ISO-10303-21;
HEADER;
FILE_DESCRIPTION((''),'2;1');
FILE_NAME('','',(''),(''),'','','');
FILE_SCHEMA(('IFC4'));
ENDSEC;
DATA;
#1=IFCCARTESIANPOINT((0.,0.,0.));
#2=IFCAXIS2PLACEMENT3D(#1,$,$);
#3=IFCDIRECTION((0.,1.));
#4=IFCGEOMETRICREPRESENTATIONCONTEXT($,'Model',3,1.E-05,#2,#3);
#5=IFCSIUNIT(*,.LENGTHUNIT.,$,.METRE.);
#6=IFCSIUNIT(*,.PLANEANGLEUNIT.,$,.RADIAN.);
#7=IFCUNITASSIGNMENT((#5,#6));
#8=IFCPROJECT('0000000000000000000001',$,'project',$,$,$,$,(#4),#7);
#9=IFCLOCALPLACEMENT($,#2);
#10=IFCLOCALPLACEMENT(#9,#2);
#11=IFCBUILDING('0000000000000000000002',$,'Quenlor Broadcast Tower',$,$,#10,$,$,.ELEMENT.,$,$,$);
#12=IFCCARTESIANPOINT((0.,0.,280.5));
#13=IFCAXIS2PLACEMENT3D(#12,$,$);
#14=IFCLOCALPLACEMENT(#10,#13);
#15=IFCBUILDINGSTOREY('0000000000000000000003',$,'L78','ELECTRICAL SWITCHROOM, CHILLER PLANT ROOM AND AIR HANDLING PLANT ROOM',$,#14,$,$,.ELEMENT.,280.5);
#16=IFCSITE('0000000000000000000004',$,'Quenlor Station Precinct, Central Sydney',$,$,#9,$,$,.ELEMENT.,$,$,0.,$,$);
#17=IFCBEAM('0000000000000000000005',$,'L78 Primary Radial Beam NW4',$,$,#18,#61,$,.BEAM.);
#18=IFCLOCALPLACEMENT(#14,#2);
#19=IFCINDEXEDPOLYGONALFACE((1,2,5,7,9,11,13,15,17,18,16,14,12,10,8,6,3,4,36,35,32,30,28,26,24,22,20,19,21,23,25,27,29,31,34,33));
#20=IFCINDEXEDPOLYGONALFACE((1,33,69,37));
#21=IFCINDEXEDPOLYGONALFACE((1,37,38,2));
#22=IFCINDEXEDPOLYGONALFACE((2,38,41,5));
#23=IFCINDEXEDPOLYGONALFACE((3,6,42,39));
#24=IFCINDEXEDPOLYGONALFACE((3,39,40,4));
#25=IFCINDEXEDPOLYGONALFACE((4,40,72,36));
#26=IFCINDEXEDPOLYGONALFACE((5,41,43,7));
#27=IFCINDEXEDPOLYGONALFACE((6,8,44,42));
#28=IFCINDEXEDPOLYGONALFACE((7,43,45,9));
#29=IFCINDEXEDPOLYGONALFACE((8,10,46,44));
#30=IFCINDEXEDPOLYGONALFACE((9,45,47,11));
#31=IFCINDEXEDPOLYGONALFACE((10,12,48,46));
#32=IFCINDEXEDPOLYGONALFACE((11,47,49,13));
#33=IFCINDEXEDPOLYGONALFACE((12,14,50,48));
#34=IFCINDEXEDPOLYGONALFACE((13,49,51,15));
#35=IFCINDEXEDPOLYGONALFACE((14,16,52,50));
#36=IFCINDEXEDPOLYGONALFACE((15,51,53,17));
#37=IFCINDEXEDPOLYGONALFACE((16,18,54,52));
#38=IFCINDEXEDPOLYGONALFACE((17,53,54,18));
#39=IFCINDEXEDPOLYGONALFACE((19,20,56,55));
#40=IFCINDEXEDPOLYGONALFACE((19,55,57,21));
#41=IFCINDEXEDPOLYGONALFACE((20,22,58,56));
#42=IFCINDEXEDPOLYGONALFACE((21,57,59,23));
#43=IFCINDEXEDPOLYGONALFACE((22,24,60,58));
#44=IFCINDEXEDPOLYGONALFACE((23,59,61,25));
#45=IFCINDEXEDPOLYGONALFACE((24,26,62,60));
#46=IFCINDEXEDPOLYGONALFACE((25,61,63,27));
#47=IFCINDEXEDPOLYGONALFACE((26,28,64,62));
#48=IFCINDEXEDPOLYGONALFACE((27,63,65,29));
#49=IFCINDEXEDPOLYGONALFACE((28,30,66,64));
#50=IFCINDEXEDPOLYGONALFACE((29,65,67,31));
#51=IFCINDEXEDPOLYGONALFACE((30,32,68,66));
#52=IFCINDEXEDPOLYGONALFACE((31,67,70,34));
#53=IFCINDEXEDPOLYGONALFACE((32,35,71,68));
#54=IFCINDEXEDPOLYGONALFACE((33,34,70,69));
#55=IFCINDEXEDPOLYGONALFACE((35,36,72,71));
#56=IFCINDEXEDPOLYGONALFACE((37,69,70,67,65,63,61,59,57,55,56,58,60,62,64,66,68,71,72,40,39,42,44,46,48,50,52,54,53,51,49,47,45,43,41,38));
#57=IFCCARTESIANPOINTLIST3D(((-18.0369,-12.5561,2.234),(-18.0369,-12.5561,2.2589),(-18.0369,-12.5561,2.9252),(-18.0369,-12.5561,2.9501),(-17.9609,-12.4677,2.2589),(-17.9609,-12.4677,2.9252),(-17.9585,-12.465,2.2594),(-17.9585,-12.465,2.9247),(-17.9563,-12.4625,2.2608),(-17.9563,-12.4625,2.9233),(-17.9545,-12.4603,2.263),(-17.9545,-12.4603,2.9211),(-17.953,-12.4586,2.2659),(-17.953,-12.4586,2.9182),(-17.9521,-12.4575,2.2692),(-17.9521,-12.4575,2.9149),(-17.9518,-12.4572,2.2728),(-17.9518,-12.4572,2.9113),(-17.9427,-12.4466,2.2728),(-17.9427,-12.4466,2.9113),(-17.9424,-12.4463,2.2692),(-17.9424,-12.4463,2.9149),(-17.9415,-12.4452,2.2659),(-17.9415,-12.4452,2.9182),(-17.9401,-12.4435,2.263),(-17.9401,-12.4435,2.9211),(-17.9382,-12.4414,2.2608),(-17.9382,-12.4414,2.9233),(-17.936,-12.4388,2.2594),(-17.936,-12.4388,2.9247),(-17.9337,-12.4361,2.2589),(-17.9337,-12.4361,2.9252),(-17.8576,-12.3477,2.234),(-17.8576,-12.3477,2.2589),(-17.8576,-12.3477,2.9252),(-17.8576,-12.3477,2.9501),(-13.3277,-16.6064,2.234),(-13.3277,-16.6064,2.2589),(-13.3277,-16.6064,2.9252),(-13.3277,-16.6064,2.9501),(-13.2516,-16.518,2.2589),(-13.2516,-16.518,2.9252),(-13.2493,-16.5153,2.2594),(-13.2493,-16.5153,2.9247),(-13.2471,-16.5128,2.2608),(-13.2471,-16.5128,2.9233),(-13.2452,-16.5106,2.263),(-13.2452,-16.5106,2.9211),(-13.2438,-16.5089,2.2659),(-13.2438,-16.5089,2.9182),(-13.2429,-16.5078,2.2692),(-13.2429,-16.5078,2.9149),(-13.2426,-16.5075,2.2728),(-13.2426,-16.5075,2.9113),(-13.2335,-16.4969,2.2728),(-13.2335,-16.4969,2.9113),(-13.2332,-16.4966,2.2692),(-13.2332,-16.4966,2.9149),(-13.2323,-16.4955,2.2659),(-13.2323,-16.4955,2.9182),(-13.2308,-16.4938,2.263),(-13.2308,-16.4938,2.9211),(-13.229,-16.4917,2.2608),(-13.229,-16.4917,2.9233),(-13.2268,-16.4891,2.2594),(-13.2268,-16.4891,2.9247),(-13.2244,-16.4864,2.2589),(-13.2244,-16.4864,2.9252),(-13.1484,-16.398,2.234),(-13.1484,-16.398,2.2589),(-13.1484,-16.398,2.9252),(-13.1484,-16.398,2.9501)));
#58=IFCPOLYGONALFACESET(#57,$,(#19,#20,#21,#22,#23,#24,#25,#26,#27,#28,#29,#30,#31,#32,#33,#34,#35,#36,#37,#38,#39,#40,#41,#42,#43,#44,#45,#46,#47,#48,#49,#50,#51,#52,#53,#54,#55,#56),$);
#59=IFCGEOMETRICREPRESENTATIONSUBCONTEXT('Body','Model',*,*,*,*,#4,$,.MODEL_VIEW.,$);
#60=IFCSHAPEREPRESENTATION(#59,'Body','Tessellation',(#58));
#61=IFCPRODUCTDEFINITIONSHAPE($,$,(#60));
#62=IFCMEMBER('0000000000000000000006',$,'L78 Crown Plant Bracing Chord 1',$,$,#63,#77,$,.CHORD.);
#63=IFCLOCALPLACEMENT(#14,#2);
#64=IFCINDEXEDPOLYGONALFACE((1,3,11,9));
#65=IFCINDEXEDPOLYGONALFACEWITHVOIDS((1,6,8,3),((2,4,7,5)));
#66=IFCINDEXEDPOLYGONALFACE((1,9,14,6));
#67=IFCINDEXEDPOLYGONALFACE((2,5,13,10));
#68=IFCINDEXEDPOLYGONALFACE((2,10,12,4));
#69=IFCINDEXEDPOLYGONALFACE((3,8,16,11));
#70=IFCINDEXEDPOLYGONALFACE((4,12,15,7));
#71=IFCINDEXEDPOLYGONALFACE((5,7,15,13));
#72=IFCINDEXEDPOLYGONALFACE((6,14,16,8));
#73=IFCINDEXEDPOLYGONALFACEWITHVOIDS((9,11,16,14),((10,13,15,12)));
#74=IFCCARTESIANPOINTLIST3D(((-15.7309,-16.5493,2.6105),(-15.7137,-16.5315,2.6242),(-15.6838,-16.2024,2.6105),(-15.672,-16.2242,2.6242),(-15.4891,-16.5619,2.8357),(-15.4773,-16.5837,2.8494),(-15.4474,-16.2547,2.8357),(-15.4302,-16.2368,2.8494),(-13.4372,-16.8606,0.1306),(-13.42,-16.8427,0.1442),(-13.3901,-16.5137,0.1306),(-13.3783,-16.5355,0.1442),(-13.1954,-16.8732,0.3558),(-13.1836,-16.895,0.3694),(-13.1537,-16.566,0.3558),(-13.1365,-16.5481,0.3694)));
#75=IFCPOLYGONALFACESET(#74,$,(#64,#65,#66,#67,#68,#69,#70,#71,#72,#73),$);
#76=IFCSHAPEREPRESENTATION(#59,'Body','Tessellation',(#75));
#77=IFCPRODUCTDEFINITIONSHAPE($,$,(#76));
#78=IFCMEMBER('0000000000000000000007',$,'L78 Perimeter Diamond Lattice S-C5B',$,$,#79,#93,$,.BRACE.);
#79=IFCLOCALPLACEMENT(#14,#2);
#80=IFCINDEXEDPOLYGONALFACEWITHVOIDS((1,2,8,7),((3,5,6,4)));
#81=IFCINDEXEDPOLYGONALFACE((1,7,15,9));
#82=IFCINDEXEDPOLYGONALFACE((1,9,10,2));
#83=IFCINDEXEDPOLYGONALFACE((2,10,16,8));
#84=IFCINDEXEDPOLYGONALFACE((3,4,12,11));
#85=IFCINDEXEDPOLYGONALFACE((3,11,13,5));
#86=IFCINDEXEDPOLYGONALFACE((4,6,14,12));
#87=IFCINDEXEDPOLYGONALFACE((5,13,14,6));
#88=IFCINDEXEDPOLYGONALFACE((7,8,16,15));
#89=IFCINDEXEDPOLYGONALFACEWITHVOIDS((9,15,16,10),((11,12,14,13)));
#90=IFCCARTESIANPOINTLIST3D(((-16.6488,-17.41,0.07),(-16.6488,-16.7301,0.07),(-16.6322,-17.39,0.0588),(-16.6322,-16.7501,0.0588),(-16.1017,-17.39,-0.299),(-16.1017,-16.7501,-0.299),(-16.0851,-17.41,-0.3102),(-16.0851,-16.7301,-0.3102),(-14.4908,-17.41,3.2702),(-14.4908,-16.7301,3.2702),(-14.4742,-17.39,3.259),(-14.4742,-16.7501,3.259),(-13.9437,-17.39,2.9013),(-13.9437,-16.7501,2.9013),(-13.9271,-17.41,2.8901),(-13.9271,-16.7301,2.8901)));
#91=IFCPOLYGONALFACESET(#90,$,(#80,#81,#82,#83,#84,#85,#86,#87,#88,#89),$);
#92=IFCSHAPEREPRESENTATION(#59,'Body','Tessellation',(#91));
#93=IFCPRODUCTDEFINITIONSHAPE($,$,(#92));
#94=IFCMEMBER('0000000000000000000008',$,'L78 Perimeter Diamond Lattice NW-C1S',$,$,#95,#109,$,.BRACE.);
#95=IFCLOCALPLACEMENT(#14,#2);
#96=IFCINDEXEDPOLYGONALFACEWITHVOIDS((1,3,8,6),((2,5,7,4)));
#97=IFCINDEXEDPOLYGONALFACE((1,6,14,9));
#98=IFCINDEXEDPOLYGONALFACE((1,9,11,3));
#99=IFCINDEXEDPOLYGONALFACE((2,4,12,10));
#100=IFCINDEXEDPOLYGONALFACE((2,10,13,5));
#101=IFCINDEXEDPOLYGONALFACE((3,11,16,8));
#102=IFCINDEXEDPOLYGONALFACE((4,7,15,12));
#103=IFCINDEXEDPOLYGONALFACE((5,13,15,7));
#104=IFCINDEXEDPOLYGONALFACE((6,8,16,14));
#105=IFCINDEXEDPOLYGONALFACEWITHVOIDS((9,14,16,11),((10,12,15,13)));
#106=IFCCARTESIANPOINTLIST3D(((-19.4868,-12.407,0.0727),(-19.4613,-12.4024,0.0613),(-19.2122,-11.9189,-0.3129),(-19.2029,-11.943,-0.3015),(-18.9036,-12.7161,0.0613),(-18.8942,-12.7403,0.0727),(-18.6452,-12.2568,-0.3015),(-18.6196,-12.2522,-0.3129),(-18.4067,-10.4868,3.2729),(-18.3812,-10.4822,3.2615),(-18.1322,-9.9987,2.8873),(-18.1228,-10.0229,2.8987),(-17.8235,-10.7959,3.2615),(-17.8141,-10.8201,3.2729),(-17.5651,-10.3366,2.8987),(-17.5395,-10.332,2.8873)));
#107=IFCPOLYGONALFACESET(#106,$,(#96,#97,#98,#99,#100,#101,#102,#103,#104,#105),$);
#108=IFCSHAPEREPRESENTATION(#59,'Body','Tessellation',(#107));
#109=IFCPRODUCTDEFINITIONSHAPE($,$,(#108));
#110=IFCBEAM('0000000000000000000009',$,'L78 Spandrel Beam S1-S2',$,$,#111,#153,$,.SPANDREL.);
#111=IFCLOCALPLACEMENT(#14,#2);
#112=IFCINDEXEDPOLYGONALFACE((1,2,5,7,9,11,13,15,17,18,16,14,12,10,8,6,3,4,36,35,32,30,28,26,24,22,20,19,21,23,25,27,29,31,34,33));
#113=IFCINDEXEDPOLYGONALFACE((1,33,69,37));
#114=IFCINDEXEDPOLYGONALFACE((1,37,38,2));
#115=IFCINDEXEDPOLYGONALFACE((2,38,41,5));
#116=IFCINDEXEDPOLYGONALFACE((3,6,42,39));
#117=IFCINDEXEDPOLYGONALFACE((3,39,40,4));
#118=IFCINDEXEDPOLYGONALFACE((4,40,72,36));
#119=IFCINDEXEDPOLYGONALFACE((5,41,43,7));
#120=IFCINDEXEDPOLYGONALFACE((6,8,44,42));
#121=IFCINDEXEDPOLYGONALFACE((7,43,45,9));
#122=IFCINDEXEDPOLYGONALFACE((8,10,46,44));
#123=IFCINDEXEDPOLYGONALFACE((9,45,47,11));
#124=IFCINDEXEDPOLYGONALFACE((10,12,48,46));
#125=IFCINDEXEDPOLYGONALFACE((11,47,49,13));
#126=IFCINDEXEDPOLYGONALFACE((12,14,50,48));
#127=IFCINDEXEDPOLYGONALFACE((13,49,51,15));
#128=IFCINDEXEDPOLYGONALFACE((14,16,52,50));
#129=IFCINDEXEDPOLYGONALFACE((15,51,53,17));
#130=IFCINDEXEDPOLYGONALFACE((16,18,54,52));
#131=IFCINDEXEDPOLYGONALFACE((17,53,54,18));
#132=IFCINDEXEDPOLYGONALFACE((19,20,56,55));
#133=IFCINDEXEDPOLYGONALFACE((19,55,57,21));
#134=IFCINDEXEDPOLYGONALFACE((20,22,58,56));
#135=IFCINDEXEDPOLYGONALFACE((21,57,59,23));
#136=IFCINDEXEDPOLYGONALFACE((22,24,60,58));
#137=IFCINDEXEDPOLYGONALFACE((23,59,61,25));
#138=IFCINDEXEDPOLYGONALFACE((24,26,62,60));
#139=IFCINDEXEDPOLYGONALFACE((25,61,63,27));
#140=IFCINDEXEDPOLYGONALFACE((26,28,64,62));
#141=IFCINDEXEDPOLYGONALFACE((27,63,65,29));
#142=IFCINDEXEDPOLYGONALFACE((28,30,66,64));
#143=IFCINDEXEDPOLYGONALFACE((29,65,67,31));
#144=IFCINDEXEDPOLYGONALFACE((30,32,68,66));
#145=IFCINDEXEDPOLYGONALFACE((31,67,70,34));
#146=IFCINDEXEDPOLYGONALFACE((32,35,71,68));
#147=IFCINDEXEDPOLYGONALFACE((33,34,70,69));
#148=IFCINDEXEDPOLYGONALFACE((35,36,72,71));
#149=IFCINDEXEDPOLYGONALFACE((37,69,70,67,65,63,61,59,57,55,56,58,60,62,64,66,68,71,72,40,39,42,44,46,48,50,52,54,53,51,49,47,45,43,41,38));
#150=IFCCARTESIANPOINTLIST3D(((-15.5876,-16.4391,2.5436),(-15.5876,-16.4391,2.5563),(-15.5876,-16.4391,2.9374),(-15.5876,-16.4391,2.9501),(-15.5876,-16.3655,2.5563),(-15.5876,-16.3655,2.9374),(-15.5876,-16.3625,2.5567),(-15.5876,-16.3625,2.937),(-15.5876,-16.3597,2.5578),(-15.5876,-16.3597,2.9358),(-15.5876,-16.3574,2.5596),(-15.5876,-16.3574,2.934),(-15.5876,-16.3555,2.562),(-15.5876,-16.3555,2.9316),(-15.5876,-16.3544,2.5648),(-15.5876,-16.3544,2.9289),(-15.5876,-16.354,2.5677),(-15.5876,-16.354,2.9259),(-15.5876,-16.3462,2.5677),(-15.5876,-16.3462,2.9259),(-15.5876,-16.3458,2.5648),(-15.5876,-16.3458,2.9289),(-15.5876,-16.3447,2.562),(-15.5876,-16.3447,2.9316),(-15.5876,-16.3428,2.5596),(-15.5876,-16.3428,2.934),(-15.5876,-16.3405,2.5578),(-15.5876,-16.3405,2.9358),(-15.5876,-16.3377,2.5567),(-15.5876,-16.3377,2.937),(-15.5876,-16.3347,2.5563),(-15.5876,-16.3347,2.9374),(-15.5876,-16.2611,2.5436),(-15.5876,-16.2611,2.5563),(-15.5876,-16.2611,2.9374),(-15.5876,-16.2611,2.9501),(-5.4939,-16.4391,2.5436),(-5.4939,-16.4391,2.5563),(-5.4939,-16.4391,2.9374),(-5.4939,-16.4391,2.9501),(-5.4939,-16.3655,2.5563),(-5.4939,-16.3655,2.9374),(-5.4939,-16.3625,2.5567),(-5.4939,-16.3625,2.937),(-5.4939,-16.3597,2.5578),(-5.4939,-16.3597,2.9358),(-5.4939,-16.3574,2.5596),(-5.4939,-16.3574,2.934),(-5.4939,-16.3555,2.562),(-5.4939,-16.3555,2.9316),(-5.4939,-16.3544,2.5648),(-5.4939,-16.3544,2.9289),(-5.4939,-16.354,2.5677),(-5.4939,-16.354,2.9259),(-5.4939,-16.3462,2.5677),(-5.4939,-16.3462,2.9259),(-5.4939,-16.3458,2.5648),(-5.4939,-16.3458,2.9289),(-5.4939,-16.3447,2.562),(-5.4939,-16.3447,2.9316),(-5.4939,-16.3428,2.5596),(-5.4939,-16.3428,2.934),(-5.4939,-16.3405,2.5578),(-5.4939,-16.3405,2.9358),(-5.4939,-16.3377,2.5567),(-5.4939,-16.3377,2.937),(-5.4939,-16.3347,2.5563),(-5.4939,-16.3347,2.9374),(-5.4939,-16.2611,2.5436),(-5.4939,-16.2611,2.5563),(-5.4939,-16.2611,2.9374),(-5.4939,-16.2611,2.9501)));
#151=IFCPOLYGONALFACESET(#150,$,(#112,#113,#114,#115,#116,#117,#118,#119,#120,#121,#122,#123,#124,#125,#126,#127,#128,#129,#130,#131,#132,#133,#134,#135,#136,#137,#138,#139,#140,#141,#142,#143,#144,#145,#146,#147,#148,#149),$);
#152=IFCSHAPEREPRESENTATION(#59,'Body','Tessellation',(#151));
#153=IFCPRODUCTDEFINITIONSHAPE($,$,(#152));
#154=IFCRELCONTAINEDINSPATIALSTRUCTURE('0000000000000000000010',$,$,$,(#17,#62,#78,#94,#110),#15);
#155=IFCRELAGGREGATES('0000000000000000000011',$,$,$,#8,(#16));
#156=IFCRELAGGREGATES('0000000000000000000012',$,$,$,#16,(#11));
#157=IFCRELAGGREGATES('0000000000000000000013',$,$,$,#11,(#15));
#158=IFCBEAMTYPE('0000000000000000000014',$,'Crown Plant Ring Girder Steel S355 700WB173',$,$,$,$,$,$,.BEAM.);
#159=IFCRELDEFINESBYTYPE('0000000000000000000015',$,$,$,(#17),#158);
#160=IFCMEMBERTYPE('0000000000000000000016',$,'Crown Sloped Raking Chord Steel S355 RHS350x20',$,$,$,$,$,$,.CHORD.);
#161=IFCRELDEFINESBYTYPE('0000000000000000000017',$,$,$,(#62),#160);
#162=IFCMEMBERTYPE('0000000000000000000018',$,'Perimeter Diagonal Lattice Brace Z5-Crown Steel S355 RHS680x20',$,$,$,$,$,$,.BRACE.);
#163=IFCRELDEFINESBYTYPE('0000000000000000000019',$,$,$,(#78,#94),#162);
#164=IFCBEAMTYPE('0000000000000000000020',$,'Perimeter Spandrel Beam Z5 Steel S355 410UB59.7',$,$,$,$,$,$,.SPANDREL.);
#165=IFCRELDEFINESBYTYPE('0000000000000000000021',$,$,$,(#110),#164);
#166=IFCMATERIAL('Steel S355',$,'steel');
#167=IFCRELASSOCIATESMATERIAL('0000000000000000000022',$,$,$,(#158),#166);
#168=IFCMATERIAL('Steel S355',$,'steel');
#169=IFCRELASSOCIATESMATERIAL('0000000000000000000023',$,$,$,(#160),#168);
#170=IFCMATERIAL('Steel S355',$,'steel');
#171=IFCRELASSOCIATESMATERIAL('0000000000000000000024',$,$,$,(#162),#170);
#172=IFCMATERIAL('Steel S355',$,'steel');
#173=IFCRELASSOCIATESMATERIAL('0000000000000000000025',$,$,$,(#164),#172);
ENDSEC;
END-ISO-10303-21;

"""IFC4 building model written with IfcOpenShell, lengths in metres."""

from ifc_helpers import new_model, si_unit, direction, frame, origin, origin_2d, place, context, subcontext, project, spatial, hollow_rectangle, i_section, extrude, material, material_profile, profile_set, type_object, element, save


model = new_model("IFC4")

# Units and contexts
model_context = context("Model", 3, precision=1e-05, world=origin(), true_north=direction((0.0, 1.0)))
body_context = subcontext(model_context, "Body", "Model", "MODEL_VIEW")
ifc_project = project(units=[si_unit("LENGTHUNIT", "METRE"), si_unit("PLANEANGLEUNIT", "RADIAN")], contexts=[model_context])

# Site, building, storey
site_placement = place(None, origin())
site = spatial("IfcSite", under=ifc_project, at=site_placement, Name="Quenlor Station Precinct, Central Sydney", CompositionType="ELEMENT", RefElevation=0.0)
building_placement = place(site_placement, origin())
building = spatial("IfcBuilding", under=site, at=building_placement, Name="Quenlor Broadcast Tower", CompositionType="ELEMENT")
storey_placement = place(building_placement, frame((0.0, 0.0, 280.5)))
storey = spatial("IfcBuildingStorey", under=building, at=storey_placement, Name="L78", Description="ELECTRICAL SWITCHROOM, CHILLER PLANT ROOM AND AIR HANDLING PLANT ROOM", CompositionType="ELEMENT", Elevation=280.5)

# Beam
ifc_material_1 = material(Name="Steel S355", Category="steel")
ifc_material_profile_1 = material_profile(ifc_material_1, i_section(OverallWidth=0.2749, OverallDepth=0.7161, WebThickness=0.0139, FlangeThickness=0.0249, FilletRadius=0.0139, at=origin_2d()))
ifc_profile_set_1 = profile_set([ifc_material_profile_1], Name="Steel S355 700WB173")
beam_type_1 = type_object("IfcBeamType", Name="Crown Plant Ring Girder Steel S355 700WB173", PredefinedType="BEAM", material=ifc_profile_set_1)
beam_1_placement = place(storey_placement, frame((-17.9473, -12.4519, 2.592), z_axis=(0.758157, -0.652072, 0.0), x_axis=(0.652072, 0.758157, 0.0)))
element("IfcBeam", 1, at=beam_1_placement, inside=storey, type_object=beam_type_1, Name="L78 Primary Radial Beam NW4", PredefinedType="BEAM", context=body_context, shape_type="SweptSolid", body=[
    extrude(i_section(OverallWidth=0.2749, OverallDepth=0.7161, WebThickness=0.0139, FlangeThickness=0.0249, FilletRadius=0.0139, at=origin_2d()), origin(), (0.0, 0.0, 1.0), 6.2114),
])

# Members
ifc_material_2 = material(Name="Steel S355", Category="steel")
ifc_material_profile_2 = material_profile(ifc_material_2, hollow_rectangle(XDim=0.3501, YDim=0.3501, WallThickness=0.02, at=origin_2d()))
ifc_profile_set_2 = profile_set([ifc_material_profile_2], Name="Steel S355 RHS350x350x20")
member_type_1 = type_object("IfcMemberType", Name="Crown Sloped Raking Chord Steel S355 RHS350x20", PredefinedType="CHORD", material=ifc_profile_set_2)
member_1_placement = place(storey_placement, frame((-13.2869, -16.7043, 0.25), z_axis=(-0.676133, 0.091758, 0.731044), x_axis=(-0.134478, -0.990917, 0.0)))
element("IfcMember", 2, at=member_1_placement, inside=storey, type_object=member_type_1, Name="L78 Crown Plant Bracing Chord 1", PredefinedType="CHORD", context=body_context, shape_type="SweptSolid", body=[
    extrude(hollow_rectangle(XDim=0.3501, YDim=0.3501, WallThickness=0.02, at=origin_2d()), origin(), (0.0, 0.0, 1.0), 3.3923),
])
ifc_material_3 = material(Name="Steel S355", Category="steel")
ifc_material_profile_3 = material_profile(ifc_material_3, hollow_rectangle(XDim=0.6799, YDim=0.6799, WallThickness=0.02, at=origin_2d()))
ifc_profile_set_3 = profile_set([ifc_material_profile_3], Name="Steel S355 RHS680x680x20")
member_type_2 = type_object("IfcMemberType", Name="Perimeter Diagonal Lattice Brace Z5-Crown Steel S355 RHS680x20", PredefinedType="BRACE", material=ifc_profile_set_3)
member_2_placement = place(storey_placement, frame((-16.3669, -17.0701, -0.1201), z_axis=(0.559086, 0.0, 0.82911), x_axis=(0.0, 1.0, 0.0)))
element("IfcMember", 3, at=member_2_placement, inside=storey, type_object=member_type_2, Name="L78 Perimeter Diamond Lattice S-C5B", PredefinedType="BRACE", context=body_context, shape_type="SweptSolid", body=[
    extrude(hollow_rectangle(XDim=0.6799, YDim=0.6799, WallThickness=0.02, at=origin_2d()), origin(), (0.0, 0.0, 1.0), 3.8599),
])
member_3_placement = place(storey_placement, frame((-19.0532, -12.3296, -0.1201), z_axis=(0.277997, 0.494225, 0.823687), x_axis=(-0.871578, 0.490256, 0.0)))
element("IfcMember", 4, at=member_3_placement, inside=storey, type_object=member_type_2, Name="L78 Perimeter Diamond Lattice NW-C1S", PredefinedType="BRACE", context=body_context, shape_type="SweptSolid", body=[
    extrude(hollow_rectangle(XDim=0.6799, YDim=0.6799, WallThickness=0.02, at=origin_2d()), origin(), (0.0, 0.0, 1.0), 3.8853),
])

# Beam
ifc_material_4 = material(Name="Steel S355", Category="steel")
ifc_material_profile_4 = material_profile(ifc_material_4, i_section(OverallWidth=0.178, OverallDepth=0.4065, WebThickness=0.0078, FlangeThickness=0.0127, FilletRadius=0.0115, at=origin_2d()))
ifc_profile_set_4 = profile_set([ifc_material_profile_4], Name="Steel S355 410UB59.7")
beam_type_2 = type_object("IfcBeamType", Name="Perimeter Spandrel Beam Z5 Steel S355 410UB59.7", PredefinedType="SPANDREL", material=ifc_profile_set_4)
beam_2_placement = place(storey_placement, frame((-15.5876, -16.3501, 2.7468), z_axis=(1.0, 0.0, 0.0), x_axis=(0.0, 1.0, 0.0)))
element("IfcBeam", 5, at=beam_2_placement, inside=storey, type_object=beam_type_2, Name="L78 Spandrel Beam S1-S2", PredefinedType="SPANDREL", context=body_context, shape_type="SweptSolid", body=[
    extrude(i_section(OverallWidth=0.178, OverallDepth=0.4065, WebThickness=0.0078, FlangeThickness=0.0127, FilletRadius=0.0115, at=origin_2d()), origin(), (0.0, 0.0, 1.0), 10.0938),
])

save(model, "model.ifc")
